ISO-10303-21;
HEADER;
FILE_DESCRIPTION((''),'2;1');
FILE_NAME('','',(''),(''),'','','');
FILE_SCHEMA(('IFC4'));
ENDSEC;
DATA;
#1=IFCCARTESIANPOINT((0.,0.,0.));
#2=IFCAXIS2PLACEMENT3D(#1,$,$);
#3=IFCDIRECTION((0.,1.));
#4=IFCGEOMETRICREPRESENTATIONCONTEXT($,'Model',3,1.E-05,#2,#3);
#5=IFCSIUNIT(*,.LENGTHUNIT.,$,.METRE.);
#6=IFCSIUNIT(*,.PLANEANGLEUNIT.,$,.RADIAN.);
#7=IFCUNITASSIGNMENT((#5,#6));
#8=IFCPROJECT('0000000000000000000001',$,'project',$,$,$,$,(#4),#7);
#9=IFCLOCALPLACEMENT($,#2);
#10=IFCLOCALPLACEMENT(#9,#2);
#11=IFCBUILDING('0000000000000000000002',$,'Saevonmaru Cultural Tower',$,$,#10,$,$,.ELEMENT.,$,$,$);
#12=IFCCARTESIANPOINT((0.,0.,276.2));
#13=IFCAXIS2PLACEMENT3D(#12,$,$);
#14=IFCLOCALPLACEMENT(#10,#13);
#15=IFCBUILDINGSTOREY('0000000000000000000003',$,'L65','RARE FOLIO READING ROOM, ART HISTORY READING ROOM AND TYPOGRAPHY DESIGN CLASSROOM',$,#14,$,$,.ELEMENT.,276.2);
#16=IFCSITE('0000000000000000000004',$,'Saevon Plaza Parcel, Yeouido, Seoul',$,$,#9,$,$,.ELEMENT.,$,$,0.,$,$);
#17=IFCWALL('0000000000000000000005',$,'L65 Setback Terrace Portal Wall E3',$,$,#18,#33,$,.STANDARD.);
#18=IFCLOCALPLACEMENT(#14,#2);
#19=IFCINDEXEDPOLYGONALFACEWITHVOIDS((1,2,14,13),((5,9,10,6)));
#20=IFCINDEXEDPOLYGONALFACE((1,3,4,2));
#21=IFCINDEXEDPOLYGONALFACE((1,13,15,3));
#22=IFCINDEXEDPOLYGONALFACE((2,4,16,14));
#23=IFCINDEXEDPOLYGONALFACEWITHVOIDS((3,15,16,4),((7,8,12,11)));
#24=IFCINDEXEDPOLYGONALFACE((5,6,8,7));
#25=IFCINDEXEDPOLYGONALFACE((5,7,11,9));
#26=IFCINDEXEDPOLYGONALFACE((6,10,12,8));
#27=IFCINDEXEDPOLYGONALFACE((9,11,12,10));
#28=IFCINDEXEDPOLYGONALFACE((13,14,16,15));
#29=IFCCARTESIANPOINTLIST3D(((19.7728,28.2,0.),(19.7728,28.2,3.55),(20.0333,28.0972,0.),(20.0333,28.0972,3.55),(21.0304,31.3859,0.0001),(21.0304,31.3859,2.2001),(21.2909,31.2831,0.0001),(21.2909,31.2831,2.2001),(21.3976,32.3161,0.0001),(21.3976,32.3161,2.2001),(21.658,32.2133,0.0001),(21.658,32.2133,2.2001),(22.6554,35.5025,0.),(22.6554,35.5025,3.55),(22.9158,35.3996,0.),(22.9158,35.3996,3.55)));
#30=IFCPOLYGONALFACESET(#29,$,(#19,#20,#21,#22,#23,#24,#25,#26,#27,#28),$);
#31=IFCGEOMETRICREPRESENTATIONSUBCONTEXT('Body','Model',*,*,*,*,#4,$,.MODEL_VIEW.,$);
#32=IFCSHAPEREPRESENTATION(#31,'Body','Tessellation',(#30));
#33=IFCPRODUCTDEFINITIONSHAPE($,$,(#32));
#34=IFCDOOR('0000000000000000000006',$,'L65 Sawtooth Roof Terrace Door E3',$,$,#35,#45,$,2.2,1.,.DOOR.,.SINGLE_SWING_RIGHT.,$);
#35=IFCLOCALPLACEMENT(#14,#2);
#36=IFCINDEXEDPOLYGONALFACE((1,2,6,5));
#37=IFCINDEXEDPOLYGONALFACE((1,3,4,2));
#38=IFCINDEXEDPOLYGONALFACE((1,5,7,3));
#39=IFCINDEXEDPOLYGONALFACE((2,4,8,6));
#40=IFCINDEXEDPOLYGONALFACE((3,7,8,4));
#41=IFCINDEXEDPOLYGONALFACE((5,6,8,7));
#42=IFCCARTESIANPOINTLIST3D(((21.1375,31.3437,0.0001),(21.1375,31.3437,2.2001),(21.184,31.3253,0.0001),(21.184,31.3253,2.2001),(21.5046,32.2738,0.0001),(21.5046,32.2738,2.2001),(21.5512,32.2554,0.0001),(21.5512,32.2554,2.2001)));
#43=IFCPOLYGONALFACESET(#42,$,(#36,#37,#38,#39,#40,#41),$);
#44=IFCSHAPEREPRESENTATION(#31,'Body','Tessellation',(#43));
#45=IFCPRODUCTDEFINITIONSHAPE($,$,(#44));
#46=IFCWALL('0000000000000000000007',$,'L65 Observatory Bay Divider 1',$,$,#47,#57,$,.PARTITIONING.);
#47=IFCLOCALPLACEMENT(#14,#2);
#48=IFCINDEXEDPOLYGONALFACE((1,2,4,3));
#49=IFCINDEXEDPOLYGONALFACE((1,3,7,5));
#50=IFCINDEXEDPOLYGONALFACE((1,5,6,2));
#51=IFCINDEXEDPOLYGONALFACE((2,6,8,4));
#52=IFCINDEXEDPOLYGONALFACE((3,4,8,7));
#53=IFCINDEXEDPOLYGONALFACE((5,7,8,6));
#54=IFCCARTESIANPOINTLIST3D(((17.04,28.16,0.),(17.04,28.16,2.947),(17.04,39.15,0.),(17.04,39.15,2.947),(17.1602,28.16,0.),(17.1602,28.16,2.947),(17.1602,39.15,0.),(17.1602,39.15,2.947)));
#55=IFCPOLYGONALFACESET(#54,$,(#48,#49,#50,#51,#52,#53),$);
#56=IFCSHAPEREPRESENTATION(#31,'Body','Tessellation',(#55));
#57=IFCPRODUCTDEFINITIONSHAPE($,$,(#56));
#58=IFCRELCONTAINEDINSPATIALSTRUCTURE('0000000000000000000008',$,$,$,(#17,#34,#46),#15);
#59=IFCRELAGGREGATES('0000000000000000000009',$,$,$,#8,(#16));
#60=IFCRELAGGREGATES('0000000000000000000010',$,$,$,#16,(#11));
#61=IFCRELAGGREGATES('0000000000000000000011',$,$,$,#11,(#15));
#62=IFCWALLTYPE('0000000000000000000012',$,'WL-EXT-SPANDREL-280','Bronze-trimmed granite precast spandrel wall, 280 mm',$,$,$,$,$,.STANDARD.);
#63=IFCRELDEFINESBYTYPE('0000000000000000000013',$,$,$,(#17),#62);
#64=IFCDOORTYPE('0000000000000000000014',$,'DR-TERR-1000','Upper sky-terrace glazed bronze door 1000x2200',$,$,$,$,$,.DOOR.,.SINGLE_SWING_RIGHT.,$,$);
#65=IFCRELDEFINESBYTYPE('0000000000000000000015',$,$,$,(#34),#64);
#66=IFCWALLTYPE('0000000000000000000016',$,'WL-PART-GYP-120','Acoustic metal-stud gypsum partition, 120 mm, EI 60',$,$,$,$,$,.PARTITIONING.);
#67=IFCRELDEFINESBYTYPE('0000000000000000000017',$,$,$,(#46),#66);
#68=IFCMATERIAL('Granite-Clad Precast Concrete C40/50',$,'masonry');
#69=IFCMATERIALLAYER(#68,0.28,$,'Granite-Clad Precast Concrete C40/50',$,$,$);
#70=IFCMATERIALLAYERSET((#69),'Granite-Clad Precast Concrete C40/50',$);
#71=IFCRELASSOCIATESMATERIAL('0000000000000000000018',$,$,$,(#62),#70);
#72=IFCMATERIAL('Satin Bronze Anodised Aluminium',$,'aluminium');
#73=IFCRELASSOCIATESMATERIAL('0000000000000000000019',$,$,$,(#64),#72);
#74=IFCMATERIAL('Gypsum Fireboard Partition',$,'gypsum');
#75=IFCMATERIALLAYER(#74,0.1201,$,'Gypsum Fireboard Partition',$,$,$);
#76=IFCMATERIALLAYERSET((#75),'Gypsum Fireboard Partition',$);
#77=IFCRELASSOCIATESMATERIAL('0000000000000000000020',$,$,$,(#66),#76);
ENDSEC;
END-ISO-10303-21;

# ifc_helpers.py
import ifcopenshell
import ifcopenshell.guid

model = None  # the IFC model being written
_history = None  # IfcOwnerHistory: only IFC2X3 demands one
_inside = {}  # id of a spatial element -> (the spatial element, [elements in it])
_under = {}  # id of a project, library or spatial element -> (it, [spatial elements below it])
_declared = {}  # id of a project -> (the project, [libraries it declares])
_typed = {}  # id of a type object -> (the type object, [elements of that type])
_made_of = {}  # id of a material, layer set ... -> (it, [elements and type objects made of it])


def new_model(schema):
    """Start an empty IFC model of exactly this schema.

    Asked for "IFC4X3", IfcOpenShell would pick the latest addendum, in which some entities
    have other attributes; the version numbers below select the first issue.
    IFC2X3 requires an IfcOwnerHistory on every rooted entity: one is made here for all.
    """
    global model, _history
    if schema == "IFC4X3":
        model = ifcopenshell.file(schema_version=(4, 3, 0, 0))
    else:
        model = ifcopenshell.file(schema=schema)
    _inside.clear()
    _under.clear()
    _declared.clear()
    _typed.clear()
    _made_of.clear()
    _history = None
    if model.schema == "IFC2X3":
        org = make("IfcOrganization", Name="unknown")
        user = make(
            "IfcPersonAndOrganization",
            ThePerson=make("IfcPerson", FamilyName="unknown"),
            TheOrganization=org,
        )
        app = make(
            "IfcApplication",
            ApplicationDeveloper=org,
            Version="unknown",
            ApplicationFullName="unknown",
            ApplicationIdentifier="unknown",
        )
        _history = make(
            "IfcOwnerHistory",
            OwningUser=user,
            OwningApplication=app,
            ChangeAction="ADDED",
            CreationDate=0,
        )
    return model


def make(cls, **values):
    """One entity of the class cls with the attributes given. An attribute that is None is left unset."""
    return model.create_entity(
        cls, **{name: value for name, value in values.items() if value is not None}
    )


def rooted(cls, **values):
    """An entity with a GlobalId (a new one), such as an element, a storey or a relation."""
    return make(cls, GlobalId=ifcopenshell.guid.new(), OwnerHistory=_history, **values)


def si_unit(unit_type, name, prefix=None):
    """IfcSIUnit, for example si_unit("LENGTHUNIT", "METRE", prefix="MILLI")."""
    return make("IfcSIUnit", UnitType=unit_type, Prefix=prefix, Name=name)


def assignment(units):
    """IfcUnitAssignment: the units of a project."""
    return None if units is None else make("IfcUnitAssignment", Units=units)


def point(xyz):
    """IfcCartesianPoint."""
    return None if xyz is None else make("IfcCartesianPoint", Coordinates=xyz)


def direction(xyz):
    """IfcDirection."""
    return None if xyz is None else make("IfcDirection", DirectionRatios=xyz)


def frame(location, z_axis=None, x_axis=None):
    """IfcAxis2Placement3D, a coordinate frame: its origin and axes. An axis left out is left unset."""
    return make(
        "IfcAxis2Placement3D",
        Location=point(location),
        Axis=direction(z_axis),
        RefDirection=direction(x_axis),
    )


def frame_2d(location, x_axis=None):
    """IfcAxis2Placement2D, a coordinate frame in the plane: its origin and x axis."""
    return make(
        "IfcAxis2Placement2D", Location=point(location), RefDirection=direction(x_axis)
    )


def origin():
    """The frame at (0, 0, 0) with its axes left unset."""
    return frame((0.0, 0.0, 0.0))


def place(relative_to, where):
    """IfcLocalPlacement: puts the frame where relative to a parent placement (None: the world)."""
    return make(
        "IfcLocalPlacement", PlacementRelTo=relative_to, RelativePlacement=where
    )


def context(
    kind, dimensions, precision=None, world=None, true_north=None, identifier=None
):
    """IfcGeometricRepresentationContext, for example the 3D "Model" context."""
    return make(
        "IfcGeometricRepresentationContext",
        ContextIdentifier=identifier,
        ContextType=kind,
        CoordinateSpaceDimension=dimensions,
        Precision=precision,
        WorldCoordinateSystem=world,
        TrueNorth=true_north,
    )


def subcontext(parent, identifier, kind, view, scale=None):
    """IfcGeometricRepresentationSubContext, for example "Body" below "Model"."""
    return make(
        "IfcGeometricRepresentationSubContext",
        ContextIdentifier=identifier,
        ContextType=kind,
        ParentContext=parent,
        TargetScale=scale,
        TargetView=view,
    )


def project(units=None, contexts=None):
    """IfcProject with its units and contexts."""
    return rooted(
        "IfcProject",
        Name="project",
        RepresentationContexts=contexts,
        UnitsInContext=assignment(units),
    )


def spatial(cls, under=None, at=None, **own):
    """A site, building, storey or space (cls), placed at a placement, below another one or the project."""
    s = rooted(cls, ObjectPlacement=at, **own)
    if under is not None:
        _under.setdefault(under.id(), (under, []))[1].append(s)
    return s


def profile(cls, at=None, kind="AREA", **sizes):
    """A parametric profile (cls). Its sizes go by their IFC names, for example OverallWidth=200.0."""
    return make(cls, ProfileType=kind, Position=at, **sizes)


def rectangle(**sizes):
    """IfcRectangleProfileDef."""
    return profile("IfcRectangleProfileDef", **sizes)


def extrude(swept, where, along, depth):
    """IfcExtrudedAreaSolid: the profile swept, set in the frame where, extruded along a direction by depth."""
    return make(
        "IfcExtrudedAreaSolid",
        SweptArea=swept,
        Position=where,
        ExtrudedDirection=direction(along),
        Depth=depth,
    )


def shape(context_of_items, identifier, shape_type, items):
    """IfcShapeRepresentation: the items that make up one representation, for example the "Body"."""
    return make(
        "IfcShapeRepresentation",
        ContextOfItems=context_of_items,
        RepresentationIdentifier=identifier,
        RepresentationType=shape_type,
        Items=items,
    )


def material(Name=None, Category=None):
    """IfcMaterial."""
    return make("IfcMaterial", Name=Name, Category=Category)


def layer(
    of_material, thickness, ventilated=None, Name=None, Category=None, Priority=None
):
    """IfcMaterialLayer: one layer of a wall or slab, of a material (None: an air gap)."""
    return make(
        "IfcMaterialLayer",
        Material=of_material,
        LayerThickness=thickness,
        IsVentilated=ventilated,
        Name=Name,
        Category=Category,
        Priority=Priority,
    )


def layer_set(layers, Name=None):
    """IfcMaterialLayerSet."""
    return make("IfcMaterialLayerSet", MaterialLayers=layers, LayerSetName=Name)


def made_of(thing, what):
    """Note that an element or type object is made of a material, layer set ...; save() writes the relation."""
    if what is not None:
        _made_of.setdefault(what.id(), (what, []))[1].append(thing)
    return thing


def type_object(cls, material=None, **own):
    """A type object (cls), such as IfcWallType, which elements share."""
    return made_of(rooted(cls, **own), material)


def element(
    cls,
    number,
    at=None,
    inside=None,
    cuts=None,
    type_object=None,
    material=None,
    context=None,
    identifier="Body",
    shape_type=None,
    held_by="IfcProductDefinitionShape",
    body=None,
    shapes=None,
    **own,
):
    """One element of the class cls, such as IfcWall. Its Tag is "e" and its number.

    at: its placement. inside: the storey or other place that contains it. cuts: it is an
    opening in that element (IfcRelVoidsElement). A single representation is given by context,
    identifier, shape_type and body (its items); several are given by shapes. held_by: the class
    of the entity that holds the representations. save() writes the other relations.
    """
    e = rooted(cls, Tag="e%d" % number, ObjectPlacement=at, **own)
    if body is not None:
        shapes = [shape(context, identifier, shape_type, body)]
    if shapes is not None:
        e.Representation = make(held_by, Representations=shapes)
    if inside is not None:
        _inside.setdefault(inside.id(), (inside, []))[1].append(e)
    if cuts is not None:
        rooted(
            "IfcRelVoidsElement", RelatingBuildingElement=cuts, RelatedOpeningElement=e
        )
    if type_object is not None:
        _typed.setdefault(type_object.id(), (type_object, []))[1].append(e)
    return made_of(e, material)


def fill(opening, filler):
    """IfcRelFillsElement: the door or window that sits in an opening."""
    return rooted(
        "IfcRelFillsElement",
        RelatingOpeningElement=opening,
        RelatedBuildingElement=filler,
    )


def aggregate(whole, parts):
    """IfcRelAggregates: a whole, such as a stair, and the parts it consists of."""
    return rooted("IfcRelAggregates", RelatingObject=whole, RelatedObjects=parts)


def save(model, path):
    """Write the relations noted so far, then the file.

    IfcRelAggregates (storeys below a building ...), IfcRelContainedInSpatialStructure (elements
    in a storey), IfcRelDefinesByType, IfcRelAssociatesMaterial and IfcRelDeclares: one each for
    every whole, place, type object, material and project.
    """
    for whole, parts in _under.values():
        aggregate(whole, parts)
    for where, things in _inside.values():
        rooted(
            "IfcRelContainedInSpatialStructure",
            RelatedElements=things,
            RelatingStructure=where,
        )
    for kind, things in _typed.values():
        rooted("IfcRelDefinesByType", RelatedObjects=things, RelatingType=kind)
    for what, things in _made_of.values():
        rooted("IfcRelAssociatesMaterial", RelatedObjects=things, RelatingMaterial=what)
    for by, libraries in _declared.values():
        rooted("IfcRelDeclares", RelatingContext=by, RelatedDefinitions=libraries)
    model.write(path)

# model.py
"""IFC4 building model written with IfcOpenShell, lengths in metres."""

from ifc_helpers import new_model, si_unit, direction, frame, frame_2d, origin, place, context, subcontext, project, spatial, rectangle, extrude, material, layer, layer_set, type_object, element, fill, save


model = new_model("IFC4")

# Units and contexts
model_context = context("Model", 3, precision=1e-05, world=origin(), true_north=direction((0.0, 1.0)))
body_context = subcontext(model_context, "Body", "Model", "MODEL_VIEW")
ifc_project = project(units=[si_unit("LENGTHUNIT", "METRE"), si_unit("PLANEANGLEUNIT", "RADIAN")], contexts=[model_context])

# Site, building, storey
site_placement = place(None, origin())
site = spatial("IfcSite", under=ifc_project, at=site_placement, Name="Saevon Plaza Parcel, Yeouido, Seoul", CompositionType="ELEMENT", RefElevation=0.0)
building_placement = place(site_placement, origin())
building = spatial("IfcBuilding", under=site, at=building_placement, Name="Saevonmaru Cultural Tower", CompositionType="ELEMENT")
storey_placement = place(building_placement, frame((0.0, 0.0, 276.2)))
storey = spatial("IfcBuildingStorey", under=building, at=storey_placement, Name="L65", Description="RARE FOLIO READING ROOM, ART HISTORY READING ROOM AND TYPOGRAPHY DESIGN CLASSROOM", CompositionType="ELEMENT", Elevation=276.2)

# Shared definitions
ifc_material_1 = material(Name="Satin Bronze Anodised Aluminium", Category="aluminium")

# Wall, opening, door
ifc_material_2 = material(Name="Granite-Clad Precast Concrete C40/50", Category="masonry")
ifc_layer_1 = layer(ifc_material_2, 0.28, Name="Granite-Clad Precast Concrete C40/50")
ifc_layer_set_1 = layer_set([ifc_layer_1], Name="Granite-Clad Precast Concrete C40/50")
wall_type_1 = type_object("IfcWallType", Name="WL-EXT-SPANDREL-280", Description="Bronze-trimmed granite precast spandrel wall, 280 mm", PredefinedType="STANDARD", material=ifc_layer_set_1)
door_type = type_object("IfcDoorType", Name="DR-TERR-1000", Description="Upper sky-terrace glazed bronze door 1000x2200", OperationType="SINGLE_SWING_RIGHT", PredefinedType="DOOR", material=ifc_material_1)
wall_1_placement = place(storey_placement, frame((19.9031, 28.1487, 0.0), z_axis=(0.0, 0.0, 1.0), x_axis=(0.367167, 0.930155, 0.0)))
wall_1 = element("IfcWall", 1, at=wall_1_placement, inside=storey, type_object=wall_type_1, Name="L65 Setback Terrace Portal Wall E3", PredefinedType="STANDARD", context=body_context, shape_type="SweptSolid", body=[
    extrude(rectangle(XDim=7.8508, YDim=0.28, at=frame_2d((3.9253, 0.0))), origin(), (0.0, 0.0, 1.0), 3.55),
])
opening_1_placement = place(wall_1_placement, frame((3.425, 0.0, 0.0)))
opening_1 = element("IfcOpeningElement", 2, at=opening_1_placement, cuts=wall_1, PredefinedType="OPENING", context=body_context, shape_type="SweptSolid", body=[
    extrude(rectangle(XDim=1.0, YDim=2.2, at=frame_2d((0.5, 1.1001))), frame((0.0, 0.1499, 0.0), z_axis=(0.0, -1.0, 0.0), x_axis=(1.0, 0.0, 0.0)), (0.0, 0.0, 1.0), 0.3),
])
door_1_placement = place(opening_1_placement, origin())
door_1 = element("IfcDoor", 3, at=door_1_placement, inside=storey, type_object=door_type, Name="L65 Sawtooth Roof Terrace Door E3", OperationType="SINGLE_SWING_RIGHT", OverallHeight=2.2, OverallWidth=1.0, PredefinedType="DOOR", context=body_context, shape_type="SweptSolid", body=[
    extrude(rectangle(XDim=1.0, YDim=2.2, at=frame_2d((0.5, 1.1001))), frame((0.0, 0.0249, 0.0), z_axis=(0.0, -1.0, 0.0), x_axis=(1.0, 0.0, 0.0)), (0.0, 0.0, 1.0), 0.05),
])
fill(opening_1, door_1)

# Wall
ifc_material_3 = material(Name="Gypsum Fireboard Partition", Category="gypsum")
ifc_layer_2 = layer(ifc_material_3, 0.1201, Name="Gypsum Fireboard Partition")
ifc_layer_set_2 = layer_set([ifc_layer_2], Name="Gypsum Fireboard Partition")
wall_type_2 = type_object("IfcWallType", Name="WL-PART-GYP-120", Description="Acoustic metal-stud gypsum partition, 120 mm, EI 60", PredefinedType="PARTITIONING", material=ifc_layer_set_2)
wall_2_placement = place(storey_placement, frame((17.1001, 28.1599, 0.0), z_axis=(0.0, 0.0, 1.0), x_axis=(0.0, 1.0, 0.0)))
element("IfcWall", 4, at=wall_2_placement, inside=storey, type_object=wall_type_2, Name="L65 Observatory Bay Divider 1", PredefinedType="PARTITIONING", context=body_context, shape_type="SweptSolid", body=[
    extrude(rectangle(XDim=10.99, YDim=0.1201, at=frame_2d((5.4951, 0.0))), origin(), (0.0, 0.0, 1.0), 2.947),
])

save(model, "model.ifc")
